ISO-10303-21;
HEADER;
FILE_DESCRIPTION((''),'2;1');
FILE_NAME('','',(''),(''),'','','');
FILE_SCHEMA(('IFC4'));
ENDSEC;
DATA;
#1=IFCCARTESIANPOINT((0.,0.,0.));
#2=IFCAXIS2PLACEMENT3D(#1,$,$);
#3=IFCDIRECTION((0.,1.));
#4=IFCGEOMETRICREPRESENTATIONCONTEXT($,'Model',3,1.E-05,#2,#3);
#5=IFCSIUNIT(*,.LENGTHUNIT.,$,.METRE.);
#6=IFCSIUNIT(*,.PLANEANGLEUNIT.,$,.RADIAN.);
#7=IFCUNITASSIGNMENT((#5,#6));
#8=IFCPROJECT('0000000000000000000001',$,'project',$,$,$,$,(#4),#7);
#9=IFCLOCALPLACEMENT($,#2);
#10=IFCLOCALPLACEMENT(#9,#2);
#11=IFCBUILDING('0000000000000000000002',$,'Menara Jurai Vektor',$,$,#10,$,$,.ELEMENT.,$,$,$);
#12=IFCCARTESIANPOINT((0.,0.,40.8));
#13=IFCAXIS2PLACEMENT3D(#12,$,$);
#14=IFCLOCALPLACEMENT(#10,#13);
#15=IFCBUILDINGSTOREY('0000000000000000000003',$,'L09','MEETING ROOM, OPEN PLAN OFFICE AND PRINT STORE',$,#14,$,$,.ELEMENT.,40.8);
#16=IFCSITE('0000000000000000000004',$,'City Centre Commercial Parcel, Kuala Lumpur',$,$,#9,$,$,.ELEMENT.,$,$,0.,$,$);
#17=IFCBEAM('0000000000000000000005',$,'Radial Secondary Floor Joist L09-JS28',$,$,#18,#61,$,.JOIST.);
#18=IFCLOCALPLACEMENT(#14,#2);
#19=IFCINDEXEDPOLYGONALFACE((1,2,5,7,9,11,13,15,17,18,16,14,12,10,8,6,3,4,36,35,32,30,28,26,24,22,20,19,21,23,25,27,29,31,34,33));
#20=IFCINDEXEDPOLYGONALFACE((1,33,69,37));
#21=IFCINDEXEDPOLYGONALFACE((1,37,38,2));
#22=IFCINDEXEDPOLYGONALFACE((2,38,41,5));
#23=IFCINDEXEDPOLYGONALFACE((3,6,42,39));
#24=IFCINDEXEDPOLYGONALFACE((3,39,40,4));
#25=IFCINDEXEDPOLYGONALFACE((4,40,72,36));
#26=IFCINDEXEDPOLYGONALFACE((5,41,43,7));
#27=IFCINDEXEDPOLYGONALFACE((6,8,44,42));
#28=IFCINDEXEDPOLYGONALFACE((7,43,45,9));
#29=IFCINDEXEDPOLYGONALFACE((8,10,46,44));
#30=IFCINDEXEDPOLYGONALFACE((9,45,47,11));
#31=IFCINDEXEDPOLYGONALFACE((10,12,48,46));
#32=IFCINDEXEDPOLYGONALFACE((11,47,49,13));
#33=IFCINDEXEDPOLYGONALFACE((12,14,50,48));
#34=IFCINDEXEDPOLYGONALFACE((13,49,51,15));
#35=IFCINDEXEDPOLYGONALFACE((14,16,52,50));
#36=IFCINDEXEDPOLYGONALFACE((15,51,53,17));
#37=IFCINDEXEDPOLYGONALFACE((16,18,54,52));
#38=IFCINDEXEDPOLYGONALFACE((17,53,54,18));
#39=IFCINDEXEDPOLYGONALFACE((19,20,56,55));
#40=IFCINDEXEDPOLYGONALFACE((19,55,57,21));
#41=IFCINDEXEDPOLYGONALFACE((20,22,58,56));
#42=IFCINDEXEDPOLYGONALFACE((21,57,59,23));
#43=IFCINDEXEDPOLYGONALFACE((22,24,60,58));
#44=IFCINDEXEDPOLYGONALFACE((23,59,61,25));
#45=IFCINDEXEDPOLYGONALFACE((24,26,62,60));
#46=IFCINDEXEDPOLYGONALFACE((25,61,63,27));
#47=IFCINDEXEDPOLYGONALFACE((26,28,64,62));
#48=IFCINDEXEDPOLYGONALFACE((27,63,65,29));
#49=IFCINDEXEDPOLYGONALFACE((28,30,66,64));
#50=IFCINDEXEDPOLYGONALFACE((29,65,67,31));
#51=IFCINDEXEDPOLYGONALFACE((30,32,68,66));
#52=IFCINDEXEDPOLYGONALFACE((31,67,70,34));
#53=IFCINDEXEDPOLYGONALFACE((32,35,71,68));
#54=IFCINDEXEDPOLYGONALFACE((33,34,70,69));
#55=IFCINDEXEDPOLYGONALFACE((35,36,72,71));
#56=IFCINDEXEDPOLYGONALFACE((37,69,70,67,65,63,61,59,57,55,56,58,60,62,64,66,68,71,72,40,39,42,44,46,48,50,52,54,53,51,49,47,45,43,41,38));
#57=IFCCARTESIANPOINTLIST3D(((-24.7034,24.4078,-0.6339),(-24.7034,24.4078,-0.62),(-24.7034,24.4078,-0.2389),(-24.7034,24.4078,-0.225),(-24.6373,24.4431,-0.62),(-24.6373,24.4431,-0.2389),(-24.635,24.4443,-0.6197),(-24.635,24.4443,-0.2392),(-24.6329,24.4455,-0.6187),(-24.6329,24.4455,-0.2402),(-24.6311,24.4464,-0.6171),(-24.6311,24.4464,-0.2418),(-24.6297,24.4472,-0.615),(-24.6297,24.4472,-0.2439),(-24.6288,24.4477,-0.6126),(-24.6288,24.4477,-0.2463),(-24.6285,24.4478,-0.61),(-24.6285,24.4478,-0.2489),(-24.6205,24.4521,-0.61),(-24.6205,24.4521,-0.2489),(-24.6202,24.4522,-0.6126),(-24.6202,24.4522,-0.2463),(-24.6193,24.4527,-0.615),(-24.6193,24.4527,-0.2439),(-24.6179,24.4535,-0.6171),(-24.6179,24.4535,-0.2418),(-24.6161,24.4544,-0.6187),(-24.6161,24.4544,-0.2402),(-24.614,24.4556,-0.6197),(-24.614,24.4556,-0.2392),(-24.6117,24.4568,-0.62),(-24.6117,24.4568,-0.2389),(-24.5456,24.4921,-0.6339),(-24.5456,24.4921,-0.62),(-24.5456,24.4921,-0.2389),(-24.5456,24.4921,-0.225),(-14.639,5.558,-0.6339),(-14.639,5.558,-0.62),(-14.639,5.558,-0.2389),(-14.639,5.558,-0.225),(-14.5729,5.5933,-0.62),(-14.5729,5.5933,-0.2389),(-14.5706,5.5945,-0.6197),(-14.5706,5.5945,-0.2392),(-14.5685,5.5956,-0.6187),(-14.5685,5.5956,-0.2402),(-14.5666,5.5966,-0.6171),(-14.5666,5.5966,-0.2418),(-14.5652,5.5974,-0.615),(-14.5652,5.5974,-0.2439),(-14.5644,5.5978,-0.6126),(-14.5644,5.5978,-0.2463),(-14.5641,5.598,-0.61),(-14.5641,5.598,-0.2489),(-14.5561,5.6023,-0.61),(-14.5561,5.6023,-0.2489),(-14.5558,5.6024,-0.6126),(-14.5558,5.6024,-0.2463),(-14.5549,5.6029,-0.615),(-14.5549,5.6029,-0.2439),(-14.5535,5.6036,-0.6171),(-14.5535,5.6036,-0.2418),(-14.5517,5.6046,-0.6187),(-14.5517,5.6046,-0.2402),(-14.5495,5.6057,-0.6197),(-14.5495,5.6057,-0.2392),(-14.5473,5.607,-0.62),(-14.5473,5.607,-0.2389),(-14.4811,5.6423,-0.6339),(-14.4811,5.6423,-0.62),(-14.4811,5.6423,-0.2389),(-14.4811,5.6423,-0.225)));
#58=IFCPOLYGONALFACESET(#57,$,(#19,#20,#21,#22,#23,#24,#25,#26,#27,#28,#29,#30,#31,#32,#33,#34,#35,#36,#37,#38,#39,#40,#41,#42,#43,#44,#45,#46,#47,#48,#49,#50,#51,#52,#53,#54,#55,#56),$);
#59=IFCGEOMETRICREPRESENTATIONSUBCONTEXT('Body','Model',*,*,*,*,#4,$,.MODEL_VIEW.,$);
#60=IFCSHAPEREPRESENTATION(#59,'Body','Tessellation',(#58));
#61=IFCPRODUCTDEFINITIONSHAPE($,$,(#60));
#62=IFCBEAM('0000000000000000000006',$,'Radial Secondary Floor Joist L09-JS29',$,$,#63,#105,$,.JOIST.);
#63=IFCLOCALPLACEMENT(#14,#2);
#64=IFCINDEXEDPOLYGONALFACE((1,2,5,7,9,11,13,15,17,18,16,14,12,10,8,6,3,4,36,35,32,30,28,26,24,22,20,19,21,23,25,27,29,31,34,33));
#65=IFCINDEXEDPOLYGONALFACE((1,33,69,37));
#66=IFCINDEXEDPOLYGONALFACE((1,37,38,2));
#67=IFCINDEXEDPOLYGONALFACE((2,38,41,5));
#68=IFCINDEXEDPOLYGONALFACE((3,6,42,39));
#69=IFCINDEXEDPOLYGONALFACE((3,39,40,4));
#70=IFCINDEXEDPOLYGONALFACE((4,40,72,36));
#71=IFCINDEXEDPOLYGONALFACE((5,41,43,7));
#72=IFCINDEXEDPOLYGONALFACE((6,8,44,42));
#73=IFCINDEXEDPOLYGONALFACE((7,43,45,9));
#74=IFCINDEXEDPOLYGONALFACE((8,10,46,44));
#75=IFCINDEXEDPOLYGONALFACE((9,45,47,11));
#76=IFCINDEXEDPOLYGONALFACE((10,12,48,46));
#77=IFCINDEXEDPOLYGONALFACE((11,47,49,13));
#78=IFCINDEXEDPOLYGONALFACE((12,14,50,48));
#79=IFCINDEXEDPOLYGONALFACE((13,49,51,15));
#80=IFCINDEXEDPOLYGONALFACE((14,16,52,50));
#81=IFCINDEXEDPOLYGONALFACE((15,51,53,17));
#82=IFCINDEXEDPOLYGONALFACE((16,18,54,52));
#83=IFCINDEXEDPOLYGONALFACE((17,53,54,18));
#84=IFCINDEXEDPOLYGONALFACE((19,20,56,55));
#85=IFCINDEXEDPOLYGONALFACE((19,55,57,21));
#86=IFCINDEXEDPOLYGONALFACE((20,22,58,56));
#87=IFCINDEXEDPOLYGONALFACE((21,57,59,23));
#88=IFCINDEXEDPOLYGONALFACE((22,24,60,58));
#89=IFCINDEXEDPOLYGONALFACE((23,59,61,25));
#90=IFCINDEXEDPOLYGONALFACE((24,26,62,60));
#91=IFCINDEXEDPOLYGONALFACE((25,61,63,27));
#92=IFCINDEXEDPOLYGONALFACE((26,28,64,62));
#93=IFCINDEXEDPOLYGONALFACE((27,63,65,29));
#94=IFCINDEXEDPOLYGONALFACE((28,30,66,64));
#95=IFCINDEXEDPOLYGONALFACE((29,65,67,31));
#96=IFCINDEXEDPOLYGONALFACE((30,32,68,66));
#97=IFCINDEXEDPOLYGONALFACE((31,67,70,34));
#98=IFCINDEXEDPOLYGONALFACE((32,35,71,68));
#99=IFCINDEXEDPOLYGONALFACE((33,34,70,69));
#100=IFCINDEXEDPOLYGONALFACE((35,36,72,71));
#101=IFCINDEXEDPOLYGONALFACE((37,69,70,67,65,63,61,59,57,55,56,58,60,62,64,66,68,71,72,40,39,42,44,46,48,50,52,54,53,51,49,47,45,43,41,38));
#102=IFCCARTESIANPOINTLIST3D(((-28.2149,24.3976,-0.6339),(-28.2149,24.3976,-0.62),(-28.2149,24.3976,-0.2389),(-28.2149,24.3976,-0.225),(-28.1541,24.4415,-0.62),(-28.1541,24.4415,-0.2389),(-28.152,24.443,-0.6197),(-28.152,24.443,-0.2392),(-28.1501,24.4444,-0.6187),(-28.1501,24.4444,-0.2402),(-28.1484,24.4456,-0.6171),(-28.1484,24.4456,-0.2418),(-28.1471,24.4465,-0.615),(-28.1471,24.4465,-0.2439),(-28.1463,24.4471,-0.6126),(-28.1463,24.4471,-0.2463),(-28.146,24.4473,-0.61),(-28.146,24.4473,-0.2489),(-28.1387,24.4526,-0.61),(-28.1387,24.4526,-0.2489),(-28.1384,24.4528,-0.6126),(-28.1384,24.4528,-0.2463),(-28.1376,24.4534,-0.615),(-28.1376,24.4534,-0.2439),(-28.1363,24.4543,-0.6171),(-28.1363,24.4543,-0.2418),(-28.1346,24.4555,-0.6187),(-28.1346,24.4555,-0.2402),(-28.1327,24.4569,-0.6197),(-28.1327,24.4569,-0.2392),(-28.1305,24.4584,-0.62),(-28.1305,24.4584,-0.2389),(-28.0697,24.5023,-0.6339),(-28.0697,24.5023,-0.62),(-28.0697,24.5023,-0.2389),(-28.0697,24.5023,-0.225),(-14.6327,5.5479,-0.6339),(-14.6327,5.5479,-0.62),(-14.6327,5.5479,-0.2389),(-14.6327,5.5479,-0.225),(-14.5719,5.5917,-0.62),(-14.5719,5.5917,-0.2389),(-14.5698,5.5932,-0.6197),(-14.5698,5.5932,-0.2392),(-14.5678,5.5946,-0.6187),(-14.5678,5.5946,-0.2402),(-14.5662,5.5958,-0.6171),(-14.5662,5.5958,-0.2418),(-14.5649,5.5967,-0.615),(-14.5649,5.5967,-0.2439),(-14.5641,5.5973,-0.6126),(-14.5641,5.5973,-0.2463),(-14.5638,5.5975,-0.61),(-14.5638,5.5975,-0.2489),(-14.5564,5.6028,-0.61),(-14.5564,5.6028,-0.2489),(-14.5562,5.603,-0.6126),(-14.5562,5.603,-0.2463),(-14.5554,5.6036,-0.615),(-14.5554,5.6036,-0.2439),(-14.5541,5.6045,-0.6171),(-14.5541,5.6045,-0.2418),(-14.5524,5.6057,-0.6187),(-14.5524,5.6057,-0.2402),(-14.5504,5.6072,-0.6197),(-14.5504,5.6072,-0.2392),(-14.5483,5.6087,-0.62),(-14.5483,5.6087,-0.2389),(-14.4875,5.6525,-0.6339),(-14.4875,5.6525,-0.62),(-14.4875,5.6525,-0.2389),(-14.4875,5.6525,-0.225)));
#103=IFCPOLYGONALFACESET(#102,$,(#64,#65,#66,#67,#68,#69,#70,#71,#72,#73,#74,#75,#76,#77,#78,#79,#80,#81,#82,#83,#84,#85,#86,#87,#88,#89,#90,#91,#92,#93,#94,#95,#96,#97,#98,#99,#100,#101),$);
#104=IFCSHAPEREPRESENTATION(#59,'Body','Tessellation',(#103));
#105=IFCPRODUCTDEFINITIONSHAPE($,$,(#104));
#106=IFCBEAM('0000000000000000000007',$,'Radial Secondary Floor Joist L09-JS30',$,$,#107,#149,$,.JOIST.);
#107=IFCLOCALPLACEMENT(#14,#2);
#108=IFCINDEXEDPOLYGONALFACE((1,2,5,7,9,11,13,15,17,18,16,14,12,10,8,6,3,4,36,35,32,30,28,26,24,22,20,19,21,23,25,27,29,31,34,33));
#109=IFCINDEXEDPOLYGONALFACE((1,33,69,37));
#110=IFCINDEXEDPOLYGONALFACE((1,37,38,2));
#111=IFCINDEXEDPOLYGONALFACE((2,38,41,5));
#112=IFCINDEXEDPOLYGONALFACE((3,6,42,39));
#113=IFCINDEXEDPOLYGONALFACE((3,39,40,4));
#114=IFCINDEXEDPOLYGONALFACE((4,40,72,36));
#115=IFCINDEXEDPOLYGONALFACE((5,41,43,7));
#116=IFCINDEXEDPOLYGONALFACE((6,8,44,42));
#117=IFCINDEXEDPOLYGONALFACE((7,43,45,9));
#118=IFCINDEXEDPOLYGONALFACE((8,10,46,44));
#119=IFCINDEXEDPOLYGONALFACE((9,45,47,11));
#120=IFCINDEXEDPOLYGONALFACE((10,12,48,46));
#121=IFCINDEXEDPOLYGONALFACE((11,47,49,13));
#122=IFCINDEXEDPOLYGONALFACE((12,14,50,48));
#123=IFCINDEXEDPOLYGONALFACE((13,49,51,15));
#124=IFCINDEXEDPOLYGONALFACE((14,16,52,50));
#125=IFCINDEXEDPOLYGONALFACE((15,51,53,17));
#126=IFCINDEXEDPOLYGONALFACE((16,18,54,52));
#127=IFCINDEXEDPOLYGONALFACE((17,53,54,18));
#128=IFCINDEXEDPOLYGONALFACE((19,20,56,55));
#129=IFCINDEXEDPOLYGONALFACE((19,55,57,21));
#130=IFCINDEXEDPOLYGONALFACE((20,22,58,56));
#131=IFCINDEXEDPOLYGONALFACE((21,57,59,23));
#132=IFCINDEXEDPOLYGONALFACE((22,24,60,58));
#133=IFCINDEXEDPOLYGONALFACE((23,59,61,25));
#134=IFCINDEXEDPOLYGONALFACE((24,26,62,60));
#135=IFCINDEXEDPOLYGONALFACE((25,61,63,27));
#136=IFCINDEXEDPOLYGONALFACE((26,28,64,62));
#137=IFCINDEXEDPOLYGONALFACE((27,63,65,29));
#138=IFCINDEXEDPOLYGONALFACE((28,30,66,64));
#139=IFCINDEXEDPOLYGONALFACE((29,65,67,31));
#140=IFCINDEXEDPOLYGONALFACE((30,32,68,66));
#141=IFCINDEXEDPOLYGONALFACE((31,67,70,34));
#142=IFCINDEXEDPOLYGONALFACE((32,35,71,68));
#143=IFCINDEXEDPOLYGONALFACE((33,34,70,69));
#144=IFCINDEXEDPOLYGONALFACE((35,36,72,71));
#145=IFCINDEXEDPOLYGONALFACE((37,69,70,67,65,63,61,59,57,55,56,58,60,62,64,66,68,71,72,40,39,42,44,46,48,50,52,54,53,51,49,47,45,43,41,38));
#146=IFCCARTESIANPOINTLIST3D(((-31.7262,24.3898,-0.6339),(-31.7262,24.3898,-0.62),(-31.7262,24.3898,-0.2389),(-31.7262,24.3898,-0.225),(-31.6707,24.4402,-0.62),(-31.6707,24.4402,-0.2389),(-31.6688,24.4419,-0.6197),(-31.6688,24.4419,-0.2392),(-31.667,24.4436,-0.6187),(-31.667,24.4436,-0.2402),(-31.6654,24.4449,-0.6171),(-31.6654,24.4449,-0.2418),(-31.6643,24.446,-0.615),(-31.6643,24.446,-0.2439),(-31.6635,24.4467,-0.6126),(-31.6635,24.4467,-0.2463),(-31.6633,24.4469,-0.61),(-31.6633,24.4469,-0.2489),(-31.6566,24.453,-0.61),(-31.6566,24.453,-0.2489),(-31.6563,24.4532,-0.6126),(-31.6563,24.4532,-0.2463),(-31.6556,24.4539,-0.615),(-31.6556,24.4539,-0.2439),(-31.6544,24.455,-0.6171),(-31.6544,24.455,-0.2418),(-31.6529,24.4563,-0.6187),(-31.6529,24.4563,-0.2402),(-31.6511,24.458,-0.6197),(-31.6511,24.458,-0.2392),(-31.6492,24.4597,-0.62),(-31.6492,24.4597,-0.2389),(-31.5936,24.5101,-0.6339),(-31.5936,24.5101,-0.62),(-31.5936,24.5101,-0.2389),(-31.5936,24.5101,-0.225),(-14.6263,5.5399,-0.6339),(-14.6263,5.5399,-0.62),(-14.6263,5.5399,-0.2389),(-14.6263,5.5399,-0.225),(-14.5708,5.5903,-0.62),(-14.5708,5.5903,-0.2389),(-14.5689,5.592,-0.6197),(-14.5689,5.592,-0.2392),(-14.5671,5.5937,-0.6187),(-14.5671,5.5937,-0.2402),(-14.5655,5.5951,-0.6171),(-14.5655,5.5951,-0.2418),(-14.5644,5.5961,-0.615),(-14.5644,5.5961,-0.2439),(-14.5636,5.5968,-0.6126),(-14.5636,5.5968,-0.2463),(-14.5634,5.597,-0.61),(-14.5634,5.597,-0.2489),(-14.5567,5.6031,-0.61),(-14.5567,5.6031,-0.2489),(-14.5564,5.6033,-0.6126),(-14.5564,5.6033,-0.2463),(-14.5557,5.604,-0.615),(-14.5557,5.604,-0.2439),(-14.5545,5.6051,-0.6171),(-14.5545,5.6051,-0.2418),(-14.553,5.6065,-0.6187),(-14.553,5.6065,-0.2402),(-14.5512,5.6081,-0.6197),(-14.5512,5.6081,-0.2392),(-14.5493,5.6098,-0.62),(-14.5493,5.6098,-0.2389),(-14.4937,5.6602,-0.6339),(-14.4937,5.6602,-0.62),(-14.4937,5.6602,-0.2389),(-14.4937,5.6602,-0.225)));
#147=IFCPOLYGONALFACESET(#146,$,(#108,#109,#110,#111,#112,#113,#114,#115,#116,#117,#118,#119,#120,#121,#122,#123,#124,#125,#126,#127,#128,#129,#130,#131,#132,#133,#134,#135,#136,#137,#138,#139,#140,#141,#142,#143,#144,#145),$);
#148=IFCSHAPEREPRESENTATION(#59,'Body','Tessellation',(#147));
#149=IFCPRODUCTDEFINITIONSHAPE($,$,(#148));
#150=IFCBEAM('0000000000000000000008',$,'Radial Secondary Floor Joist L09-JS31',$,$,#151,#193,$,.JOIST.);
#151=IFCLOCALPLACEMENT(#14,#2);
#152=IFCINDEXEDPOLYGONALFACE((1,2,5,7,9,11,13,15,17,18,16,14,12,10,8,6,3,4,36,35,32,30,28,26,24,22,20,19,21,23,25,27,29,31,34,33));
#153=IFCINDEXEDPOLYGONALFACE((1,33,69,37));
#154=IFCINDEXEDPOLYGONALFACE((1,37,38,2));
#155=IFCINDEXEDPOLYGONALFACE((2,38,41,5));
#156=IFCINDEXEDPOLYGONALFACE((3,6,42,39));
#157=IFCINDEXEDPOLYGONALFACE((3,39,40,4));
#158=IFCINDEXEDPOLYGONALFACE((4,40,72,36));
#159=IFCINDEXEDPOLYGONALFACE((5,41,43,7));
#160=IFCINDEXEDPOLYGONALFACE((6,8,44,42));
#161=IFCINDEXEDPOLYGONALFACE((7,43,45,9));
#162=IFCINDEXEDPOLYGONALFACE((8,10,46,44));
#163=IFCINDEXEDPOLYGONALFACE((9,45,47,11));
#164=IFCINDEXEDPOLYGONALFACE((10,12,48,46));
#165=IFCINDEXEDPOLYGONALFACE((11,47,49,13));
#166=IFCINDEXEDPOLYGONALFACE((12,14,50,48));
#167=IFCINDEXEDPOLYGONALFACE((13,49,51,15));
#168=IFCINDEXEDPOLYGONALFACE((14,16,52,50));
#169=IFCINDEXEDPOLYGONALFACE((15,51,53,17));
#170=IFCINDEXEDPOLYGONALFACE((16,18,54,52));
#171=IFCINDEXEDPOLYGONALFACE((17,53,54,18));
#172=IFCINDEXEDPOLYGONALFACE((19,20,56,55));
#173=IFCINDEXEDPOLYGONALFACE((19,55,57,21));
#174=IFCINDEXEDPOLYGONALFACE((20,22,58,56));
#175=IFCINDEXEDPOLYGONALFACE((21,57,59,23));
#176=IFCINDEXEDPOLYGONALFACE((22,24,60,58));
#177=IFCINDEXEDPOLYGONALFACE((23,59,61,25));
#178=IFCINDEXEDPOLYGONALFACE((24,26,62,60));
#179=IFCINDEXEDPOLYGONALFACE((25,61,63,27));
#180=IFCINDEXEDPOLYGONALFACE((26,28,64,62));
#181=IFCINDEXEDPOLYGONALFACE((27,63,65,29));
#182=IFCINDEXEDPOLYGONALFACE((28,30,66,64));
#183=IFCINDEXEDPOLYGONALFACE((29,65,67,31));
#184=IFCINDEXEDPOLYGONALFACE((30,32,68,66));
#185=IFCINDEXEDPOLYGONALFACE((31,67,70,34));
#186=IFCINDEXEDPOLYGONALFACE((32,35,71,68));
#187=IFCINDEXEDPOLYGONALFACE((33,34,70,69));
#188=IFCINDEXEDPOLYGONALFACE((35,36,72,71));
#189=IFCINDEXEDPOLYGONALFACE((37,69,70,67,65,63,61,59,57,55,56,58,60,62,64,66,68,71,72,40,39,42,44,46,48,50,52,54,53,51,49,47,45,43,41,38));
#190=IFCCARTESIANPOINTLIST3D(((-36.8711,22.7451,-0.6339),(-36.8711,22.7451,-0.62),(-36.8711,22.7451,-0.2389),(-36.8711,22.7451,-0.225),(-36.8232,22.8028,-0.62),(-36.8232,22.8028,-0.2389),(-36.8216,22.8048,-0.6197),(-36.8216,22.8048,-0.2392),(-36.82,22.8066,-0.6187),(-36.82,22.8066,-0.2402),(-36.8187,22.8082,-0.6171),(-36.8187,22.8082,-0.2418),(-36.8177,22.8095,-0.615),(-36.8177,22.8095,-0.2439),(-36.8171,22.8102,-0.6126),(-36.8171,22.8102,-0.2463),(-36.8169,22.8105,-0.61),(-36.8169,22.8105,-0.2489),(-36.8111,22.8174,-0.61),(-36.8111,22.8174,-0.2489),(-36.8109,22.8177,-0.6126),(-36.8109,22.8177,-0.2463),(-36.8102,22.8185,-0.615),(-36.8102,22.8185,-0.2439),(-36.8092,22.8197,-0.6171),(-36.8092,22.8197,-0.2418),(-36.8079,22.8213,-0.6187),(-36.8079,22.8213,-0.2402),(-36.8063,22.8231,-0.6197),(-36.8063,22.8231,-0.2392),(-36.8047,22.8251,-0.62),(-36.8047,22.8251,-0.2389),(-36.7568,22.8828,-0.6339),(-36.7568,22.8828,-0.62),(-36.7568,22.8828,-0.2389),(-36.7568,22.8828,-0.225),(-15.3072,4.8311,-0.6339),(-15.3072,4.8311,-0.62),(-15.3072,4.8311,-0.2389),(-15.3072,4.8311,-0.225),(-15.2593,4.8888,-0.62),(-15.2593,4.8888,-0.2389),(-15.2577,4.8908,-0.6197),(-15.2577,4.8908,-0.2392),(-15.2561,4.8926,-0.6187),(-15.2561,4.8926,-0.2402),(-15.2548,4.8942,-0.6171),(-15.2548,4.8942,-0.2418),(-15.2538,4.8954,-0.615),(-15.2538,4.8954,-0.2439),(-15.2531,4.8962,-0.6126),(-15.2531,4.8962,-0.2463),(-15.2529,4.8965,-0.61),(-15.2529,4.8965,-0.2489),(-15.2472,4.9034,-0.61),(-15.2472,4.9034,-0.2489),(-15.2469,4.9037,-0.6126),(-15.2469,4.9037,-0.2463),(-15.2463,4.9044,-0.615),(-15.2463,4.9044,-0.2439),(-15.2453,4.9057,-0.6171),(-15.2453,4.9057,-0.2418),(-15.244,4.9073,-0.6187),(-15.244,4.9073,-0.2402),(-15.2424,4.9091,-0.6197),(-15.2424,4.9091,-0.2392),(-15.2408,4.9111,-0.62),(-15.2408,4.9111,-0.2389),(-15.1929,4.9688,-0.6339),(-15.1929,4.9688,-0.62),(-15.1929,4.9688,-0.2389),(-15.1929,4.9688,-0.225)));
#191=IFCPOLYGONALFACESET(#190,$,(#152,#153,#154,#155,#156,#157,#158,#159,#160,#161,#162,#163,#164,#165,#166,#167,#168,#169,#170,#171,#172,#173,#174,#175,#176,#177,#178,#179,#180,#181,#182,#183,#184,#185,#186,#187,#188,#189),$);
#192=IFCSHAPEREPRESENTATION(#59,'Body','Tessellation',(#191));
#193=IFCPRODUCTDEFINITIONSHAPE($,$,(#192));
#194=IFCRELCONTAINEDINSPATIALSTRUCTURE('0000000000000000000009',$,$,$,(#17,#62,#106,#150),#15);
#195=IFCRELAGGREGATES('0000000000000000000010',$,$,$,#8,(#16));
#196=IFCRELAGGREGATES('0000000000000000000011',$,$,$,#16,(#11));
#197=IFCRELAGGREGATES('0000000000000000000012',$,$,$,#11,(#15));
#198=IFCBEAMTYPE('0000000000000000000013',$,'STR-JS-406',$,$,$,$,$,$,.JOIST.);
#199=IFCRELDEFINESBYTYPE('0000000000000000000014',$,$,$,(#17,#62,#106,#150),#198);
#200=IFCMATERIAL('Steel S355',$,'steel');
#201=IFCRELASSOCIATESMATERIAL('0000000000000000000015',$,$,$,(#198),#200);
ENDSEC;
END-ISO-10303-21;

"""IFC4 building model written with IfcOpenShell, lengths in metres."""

from ifc_helpers import new_model, si_unit, direction, frame, origin, origin_2d, place, context, subcontext, project, spatial, i_section, extrude, material, material_profile, profile_set, type_object, element, save


model = new_model("IFC4")

# Units and contexts
model_context = context("Model", 3, precision=1e-05, world=origin(), true_north=direction((0.0, 1.0)))
body_context = subcontext(model_context, "Body", "Model", "MODEL_VIEW")
ifc_project = project(units=[si_unit("LENGTHUNIT", "METRE"), si_unit("PLANEANGLEUNIT", "RADIAN")], contexts=[model_context])

# Site, building, storey
site_placement = place(None, origin())
site = spatial("IfcSite", under=ifc_project, at=site_placement, Name="City Centre Commercial Parcel, Kuala Lumpur", CompositionType="ELEMENT", RefElevation=0.0)
building_placement = place(site_placement, origin())
building = spatial("IfcBuilding", under=site, at=building_placement, Name="Menara Jurai Vektor", CompositionType="ELEMENT")
storey_placement = place(building_placement, frame((0.0, 0.0, 40.8)))
storey = spatial("IfcBuildingStorey", under=building, at=storey_placement, Name="L09", Description="MEETING ROOM, OPEN PLAN OFFICE AND PRINT STORE", CompositionType="ELEMENT", Elevation=40.8)

# Shared definitions
ifc_material_1 = material(Name="Steel S355", Category="steel")

# Beams
ifc_material_profile_1 = material_profile(ifc_material_1, i_section(OverallWidth=0.179, OverallDepth=0.4089, WebThickness=0.009, FlangeThickness=0.0139, FilletRadius=0.01, at=origin_2d()), Name="UKB 406x178x67")
ifc_profile_set_1 = profile_set([ifc_material_profile_1], Name="Steel S355")
beam_type_1 = type_object("IfcBeamType", Name="STR-JS-406", PredefinedType="JOIST", material=ifc_profile_set_1)
beam_1_placement = place(storey_placement, frame((-24.6245, 24.45, -0.4294), z_axis=(0.470996, -0.882135, 0.0), x_axis=(0.882135, 0.470996, 0.0)))
element("IfcBeam", 1, at=beam_1_placement, inside=storey, type_object=beam_type_1, Name="Radial Secondary Floor Joist L09-JS28", PredefinedType="JOIST", context=body_context, shape_type="SweptSolid", body=[
    extrude(i_section(OverallWidth=0.179, OverallDepth=0.4089, WebThickness=0.009, FlangeThickness=0.0139, FilletRadius=0.01, at=origin_2d()), origin(), (0.0, 0.0, 1.0), 21.3684),
])
beam_2_placement = place(storey_placement, frame((-28.1423, 24.45, -0.4294), z_axis=(0.584599, -0.811322, 0.0), x_axis=(0.811322, 0.584599, 0.0)))
element("IfcBeam", 2, at=beam_2_placement, inside=storey, type_object=beam_type_1, Name="Radial Secondary Floor Joist L09-JS29", PredefinedType="JOIST", context=body_context, shape_type="SweptSolid", body=[
    extrude(i_section(OverallWidth=0.179, OverallDepth=0.4089, WebThickness=0.009, FlangeThickness=0.0139, FilletRadius=0.01, at=origin_2d()), origin(), (0.0, 0.0, 1.0), 23.2334),
])
beam_3_placement = place(storey_placement, frame((-31.6599, 24.45, -0.4294), z_axis=(0.67189, -0.740651, 0.0), x_axis=(0.740651, 0.67189, 0.0)))
element("IfcBeam", 3, at=beam_3_placement, inside=storey, type_object=beam_type_1, Name="Radial Secondary Floor Joist L09-JS30", PredefinedType="JOIST", context=body_context, shape_type="SweptSolid", body=[
    extrude(i_section(OverallWidth=0.179, OverallDepth=0.4089, WebThickness=0.009, FlangeThickness=0.0139, FilletRadius=0.01, at=origin_2d()), origin(), (0.0, 0.0, 1.0), 25.4504),
])
beam_4_placement = place(storey_placement, frame((-36.814, 22.814, -0.4294), z_axis=(0.769201, -0.639007, 0.0), x_axis=(0.639007, 0.769201, 0.0)))
element("IfcBeam", 4, at=beam_4_placement, inside=storey, type_object=beam_type_1, Name="Radial Secondary Floor Joist L09-JS31", PredefinedType="JOIST", context=body_context, shape_type="SweptSolid", body=[
    extrude(i_section(OverallWidth=0.179, OverallDepth=0.4089, WebThickness=0.009, FlangeThickness=0.0139, FilletRadius=0.01, at=origin_2d()), origin(), (0.0, 0.0, 1.0), 28.0342),
])

save(model, "model.ifc")
